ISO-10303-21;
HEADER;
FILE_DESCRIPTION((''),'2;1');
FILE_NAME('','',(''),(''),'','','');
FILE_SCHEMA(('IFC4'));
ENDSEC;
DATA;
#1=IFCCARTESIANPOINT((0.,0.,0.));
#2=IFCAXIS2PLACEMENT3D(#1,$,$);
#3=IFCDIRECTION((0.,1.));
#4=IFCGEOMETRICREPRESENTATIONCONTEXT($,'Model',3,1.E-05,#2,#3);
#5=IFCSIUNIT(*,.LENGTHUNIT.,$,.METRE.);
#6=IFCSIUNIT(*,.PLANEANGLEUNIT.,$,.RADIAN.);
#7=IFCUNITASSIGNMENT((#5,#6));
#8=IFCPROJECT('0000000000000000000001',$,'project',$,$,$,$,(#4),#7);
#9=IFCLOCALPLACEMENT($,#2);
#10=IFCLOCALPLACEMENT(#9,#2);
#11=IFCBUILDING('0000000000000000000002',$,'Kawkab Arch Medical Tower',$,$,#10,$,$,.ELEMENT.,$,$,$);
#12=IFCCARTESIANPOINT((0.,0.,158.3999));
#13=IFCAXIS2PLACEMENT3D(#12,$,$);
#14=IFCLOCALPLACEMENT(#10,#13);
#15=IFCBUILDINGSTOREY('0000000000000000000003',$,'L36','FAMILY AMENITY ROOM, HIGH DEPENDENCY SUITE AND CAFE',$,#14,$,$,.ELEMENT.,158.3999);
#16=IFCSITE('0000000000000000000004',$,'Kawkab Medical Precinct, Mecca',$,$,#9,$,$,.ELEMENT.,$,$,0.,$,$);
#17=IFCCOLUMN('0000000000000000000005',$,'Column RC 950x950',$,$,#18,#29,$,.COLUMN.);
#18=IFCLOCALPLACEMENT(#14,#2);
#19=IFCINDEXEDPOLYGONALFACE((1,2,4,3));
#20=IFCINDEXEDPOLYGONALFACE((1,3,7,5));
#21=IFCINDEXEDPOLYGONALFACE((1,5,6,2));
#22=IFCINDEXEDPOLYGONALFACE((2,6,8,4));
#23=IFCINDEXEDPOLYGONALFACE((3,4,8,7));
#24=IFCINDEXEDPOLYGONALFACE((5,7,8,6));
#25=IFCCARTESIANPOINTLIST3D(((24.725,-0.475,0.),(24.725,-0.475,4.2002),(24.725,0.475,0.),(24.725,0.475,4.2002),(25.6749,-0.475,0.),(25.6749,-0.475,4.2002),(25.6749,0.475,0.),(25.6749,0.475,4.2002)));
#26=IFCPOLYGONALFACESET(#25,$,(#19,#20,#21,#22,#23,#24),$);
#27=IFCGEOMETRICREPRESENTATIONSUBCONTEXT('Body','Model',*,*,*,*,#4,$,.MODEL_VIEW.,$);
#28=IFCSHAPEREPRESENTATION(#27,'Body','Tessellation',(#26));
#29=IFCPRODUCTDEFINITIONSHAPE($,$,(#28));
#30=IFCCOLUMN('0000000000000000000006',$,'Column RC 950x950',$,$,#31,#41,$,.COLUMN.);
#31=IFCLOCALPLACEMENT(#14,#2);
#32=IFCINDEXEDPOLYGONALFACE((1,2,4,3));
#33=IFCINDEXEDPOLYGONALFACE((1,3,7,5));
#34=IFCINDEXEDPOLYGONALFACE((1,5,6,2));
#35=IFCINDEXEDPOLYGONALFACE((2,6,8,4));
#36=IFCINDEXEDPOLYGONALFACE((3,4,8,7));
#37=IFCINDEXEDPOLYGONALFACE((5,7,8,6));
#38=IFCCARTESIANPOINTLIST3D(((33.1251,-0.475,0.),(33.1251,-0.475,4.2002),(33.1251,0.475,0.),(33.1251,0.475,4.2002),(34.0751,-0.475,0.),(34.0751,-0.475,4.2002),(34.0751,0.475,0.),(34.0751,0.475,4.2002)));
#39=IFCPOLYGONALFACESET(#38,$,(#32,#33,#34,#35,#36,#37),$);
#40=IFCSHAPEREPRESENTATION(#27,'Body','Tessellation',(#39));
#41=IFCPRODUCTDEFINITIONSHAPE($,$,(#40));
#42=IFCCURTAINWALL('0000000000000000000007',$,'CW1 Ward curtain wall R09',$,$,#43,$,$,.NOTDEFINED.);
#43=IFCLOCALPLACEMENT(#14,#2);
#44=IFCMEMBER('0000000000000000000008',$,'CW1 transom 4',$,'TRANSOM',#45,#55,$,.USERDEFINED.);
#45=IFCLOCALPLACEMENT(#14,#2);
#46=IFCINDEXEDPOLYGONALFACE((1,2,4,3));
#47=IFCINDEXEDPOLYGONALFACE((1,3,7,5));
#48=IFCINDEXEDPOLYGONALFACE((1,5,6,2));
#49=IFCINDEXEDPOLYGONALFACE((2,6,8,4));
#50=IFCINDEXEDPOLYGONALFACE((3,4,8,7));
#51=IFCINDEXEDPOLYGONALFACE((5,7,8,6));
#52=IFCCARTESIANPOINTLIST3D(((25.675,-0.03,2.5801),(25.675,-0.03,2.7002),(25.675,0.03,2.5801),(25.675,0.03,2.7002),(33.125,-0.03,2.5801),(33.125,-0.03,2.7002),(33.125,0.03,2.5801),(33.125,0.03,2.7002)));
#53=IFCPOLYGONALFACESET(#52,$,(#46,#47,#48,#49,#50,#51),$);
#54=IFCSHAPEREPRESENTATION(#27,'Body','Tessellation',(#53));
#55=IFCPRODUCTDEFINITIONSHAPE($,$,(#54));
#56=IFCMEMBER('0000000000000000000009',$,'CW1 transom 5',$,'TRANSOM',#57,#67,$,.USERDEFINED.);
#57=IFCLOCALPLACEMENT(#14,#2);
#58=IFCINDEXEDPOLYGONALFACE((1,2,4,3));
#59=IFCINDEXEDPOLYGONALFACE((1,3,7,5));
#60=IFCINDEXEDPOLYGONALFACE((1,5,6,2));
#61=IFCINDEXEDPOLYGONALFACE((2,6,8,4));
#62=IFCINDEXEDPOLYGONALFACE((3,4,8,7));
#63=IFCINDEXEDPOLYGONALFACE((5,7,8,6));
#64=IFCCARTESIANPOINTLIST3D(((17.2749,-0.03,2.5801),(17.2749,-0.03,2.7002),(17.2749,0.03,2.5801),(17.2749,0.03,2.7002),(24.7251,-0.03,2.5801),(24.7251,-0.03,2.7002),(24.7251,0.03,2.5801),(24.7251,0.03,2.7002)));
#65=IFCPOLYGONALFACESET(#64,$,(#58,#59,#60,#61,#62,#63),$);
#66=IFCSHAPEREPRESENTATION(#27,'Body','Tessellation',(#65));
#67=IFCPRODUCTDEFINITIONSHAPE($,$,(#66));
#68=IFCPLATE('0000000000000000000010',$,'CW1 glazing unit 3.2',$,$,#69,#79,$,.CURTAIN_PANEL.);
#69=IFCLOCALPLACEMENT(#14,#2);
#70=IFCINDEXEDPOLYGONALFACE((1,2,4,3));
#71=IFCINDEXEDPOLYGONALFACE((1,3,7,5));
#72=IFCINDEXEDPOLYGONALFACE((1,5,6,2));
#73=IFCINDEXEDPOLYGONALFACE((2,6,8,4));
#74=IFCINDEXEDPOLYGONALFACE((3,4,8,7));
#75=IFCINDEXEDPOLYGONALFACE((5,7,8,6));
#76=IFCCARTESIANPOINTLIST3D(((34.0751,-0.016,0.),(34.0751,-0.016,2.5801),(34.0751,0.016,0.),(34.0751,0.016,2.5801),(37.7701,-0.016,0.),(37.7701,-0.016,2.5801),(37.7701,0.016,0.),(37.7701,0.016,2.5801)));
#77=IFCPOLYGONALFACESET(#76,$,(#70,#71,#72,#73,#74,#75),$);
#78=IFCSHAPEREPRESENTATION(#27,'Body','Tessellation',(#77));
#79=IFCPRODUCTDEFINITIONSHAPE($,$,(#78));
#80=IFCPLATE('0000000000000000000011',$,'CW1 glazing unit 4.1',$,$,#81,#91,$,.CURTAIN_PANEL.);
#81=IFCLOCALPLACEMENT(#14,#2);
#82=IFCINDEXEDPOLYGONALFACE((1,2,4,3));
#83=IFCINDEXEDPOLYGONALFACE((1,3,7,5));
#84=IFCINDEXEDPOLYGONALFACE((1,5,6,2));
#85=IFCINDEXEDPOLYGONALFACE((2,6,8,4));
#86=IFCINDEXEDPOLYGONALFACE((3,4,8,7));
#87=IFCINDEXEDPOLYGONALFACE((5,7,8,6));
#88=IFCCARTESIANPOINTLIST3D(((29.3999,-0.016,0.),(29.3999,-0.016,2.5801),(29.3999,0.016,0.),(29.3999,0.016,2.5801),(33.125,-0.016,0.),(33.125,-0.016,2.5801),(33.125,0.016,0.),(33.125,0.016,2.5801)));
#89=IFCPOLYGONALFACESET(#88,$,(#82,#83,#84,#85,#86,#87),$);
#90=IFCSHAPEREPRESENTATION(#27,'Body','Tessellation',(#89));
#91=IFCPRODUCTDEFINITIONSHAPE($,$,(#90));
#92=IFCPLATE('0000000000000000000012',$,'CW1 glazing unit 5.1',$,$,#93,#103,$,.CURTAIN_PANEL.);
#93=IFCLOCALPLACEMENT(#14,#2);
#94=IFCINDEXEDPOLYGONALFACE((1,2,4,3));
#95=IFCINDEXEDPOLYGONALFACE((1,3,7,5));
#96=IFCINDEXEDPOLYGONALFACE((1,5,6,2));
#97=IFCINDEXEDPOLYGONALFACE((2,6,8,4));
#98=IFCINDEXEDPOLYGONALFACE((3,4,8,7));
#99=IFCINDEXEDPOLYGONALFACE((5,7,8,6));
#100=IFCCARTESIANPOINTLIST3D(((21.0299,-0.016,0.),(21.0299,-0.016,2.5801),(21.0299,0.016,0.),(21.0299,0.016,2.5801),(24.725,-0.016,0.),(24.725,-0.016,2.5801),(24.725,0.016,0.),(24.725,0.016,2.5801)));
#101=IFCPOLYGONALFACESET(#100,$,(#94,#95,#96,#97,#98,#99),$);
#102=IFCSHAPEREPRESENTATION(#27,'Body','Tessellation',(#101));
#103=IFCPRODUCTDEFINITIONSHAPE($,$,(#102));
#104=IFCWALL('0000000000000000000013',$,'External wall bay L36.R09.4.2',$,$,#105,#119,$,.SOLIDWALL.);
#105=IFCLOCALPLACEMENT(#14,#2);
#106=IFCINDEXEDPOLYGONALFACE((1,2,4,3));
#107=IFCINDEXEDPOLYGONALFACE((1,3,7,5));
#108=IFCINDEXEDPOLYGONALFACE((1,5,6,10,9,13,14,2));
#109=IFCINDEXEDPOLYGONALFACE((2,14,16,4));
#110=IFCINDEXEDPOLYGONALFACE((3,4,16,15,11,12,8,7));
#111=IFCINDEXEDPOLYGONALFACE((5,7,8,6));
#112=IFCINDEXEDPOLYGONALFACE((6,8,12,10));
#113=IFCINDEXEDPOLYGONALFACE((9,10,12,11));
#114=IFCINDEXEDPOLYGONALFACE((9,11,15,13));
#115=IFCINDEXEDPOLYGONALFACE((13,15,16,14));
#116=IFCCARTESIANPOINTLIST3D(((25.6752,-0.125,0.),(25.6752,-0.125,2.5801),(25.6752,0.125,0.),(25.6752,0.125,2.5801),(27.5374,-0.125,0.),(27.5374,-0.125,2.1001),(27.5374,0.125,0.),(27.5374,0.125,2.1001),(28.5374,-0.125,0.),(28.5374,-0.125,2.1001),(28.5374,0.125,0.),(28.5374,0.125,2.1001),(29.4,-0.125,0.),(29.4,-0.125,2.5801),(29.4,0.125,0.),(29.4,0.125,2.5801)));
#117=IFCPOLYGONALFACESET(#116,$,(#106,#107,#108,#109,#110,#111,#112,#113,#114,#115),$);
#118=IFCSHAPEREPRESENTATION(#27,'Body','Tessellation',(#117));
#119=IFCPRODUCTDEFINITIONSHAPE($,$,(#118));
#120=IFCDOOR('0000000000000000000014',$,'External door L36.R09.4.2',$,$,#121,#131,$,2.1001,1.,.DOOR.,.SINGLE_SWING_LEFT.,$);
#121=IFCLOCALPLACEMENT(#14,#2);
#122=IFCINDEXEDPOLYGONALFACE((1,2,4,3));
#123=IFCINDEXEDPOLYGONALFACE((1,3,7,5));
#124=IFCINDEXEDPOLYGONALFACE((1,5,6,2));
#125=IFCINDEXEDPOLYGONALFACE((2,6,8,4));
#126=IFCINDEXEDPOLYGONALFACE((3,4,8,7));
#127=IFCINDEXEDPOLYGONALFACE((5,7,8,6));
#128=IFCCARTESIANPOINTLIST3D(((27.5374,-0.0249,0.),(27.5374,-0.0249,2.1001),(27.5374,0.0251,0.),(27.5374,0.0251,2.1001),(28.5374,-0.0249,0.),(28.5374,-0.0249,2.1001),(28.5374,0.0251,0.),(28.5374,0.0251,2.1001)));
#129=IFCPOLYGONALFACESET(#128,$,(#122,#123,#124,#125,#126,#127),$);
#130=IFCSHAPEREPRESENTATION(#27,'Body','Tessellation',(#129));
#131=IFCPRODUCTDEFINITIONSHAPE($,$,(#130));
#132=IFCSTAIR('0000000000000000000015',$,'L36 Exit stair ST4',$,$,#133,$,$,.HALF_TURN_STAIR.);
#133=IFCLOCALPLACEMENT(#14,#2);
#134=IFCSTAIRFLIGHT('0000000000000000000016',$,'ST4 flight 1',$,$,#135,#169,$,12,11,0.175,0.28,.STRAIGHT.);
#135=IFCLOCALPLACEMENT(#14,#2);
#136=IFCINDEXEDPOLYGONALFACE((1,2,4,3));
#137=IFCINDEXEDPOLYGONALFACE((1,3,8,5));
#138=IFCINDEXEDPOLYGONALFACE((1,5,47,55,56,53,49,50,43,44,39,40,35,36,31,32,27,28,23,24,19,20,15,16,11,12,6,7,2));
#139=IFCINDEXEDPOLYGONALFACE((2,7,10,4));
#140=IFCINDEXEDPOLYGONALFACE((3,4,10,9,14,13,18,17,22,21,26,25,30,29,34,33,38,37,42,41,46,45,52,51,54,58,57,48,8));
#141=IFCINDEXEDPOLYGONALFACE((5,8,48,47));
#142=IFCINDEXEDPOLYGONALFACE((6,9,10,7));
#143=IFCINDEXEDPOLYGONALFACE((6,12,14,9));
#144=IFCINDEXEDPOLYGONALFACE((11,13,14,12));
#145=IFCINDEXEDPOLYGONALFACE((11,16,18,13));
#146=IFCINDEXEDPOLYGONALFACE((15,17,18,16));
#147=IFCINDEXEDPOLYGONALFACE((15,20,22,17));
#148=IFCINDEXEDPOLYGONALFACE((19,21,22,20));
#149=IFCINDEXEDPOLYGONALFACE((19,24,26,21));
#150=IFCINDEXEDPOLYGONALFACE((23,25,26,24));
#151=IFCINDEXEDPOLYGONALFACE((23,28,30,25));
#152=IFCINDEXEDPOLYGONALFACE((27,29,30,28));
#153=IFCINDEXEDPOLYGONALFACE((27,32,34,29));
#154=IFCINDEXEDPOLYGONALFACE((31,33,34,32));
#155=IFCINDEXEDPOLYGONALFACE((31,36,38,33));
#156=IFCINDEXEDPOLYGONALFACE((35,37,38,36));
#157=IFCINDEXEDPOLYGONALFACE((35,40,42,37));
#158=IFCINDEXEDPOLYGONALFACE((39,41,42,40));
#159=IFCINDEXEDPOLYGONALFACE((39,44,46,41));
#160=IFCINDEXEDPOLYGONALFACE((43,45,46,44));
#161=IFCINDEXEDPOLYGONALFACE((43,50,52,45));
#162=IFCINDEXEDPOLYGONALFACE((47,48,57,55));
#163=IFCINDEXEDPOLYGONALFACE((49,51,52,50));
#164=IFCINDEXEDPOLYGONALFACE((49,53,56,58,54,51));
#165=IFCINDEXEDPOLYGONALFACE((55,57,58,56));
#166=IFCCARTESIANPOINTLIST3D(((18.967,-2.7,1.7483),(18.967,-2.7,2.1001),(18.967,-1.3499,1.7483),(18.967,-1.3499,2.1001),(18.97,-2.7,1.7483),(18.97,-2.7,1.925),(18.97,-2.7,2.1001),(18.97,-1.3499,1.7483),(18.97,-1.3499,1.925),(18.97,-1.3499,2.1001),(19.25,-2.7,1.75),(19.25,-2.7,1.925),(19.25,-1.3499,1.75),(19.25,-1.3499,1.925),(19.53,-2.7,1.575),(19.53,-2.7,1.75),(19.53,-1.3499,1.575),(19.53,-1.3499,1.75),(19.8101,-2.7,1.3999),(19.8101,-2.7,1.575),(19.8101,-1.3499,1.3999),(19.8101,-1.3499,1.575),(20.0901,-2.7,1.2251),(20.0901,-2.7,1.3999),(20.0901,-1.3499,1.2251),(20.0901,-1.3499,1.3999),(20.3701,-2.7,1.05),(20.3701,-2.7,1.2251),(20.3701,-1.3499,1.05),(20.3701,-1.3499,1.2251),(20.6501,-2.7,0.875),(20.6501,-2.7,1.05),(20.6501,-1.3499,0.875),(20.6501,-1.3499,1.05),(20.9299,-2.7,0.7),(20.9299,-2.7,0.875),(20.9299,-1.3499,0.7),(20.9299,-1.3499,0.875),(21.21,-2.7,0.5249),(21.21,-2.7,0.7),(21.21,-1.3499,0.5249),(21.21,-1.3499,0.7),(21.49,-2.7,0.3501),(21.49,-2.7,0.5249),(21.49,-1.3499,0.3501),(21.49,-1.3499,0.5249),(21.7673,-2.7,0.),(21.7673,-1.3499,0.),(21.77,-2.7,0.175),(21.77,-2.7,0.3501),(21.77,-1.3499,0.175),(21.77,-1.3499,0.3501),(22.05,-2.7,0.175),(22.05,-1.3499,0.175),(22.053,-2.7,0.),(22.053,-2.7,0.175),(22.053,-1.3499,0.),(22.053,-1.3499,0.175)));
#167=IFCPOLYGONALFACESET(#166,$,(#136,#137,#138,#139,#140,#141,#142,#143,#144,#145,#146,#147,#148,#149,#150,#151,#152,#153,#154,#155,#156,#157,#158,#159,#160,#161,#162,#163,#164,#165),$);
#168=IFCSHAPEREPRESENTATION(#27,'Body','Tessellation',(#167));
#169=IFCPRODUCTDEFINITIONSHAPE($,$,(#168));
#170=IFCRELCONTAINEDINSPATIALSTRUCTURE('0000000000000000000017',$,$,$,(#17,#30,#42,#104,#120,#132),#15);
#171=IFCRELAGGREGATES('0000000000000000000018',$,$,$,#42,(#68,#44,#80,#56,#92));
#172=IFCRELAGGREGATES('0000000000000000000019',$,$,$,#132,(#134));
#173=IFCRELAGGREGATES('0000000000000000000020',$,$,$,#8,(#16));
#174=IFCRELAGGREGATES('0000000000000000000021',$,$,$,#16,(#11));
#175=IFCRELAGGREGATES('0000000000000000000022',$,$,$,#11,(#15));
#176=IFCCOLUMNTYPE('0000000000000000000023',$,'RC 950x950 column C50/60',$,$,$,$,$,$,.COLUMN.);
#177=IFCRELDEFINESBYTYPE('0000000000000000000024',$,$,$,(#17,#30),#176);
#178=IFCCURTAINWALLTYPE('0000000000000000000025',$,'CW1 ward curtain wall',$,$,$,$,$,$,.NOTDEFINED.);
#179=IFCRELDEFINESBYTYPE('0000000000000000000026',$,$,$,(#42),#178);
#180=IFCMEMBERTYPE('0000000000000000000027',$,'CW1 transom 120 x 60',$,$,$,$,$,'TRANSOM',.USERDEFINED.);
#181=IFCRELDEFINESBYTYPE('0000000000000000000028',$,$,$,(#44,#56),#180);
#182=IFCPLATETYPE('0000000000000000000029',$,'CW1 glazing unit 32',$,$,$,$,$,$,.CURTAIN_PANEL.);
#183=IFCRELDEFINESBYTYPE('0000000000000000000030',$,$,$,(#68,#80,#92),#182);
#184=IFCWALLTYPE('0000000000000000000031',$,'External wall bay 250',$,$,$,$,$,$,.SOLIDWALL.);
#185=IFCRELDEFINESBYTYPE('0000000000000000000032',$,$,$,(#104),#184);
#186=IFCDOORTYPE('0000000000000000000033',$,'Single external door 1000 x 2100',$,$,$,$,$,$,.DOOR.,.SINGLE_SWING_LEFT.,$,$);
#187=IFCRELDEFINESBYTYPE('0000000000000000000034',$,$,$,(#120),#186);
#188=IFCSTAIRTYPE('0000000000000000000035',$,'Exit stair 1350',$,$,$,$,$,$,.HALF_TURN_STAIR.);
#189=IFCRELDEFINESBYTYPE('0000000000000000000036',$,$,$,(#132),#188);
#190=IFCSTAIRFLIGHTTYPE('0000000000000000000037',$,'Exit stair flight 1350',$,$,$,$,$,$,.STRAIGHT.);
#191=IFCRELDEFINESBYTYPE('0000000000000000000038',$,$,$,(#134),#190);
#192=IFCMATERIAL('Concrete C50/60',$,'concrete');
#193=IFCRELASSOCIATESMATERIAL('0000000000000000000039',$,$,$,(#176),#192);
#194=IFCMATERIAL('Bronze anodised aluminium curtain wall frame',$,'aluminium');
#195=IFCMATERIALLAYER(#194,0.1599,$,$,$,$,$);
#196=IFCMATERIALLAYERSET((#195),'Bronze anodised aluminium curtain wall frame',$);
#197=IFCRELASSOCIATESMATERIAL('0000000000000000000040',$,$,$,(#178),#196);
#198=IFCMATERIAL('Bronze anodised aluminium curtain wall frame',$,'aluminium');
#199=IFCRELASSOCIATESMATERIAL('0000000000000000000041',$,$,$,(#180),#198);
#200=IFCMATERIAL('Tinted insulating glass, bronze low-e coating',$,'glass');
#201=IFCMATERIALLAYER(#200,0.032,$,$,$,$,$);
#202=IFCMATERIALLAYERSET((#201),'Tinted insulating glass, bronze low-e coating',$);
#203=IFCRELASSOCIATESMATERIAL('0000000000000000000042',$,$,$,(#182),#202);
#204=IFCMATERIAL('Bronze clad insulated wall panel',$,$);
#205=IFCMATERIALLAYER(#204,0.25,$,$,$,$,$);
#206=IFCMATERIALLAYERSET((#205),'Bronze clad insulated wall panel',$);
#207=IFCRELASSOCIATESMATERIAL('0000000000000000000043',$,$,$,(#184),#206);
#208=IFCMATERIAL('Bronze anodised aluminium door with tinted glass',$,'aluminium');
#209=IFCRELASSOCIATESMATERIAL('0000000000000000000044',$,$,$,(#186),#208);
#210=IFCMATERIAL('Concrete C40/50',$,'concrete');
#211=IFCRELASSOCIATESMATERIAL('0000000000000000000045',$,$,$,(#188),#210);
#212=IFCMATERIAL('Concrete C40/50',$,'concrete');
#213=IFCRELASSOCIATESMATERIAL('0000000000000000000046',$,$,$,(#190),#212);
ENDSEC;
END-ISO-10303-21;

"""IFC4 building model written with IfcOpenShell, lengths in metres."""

from ifc_helpers import new_model, si_unit, direction, frame, frame_2d, origin, origin_2d, place, context, subcontext, project, spatial, polyline, rectangle, outline, extrude, material, layer, layer_set, material_profile, profile_set, type_object, element, fill, aggregate, save


model = new_model("IFC4")

# Units and contexts
model_context = context("Model", 3, precision=1e-05, world=origin(), true_north=direction((0.0, 1.0)))
body_context = subcontext(model_context, "Body", "Model", "MODEL_VIEW")
ifc_project = project(units=[si_unit("LENGTHUNIT", "METRE"), si_unit("PLANEANGLEUNIT", "RADIAN")], contexts=[model_context])

# Site, building, storey
site_placement = place(None, origin())
site = spatial("IfcSite", under=ifc_project, at=site_placement, Name="Kawkab Medical Precinct, Mecca", CompositionType="ELEMENT", RefElevation=0.0)
building_placement = place(site_placement, origin())
building = spatial("IfcBuilding", under=site, at=building_placement, Name="Kawkab Arch Medical Tower", CompositionType="ELEMENT")
storey_placement = place(building_placement, frame((0.0, 0.0, 158.3999)))
storey = spatial("IfcBuildingStorey", under=building, at=storey_placement, Name="L36", Description="FAMILY AMENITY ROOM, HIGH DEPENDENCY SUITE AND CAFE", CompositionType="ELEMENT", Elevation=158.3999)

# Columns
ifc_material_1 = material(Name="Concrete C50/60", Category="concrete")
ifc_material_profile_1 = material_profile(ifc_material_1, rectangle(XDim=0.95, YDim=0.95, at=origin_2d()), Name="RC 950x950")
ifc_profile_set_1 = profile_set([ifc_material_profile_1], Name="Concrete C50/60")
column_type = type_object("IfcColumnType", Name="RC 950x950 column C50/60", PredefinedType="COLUMN", material=ifc_profile_set_1)
for number, where, z_axis, x_axis, name in (
    (1, (25.2, 0.0, 0.0), (0.0, 0.0, 1.0), (1.0, 0.0, 0.0), "Column RC 950x950"),
    (2, (33.6001, 0.0, 0.0), (0.0, 0.0, 1.0), (1.0, 0.0, 0.0), "Column RC 950x950"),
):
    element("IfcColumn", number, at=place(storey_placement, frame(where, z_axis=z_axis, x_axis=x_axis)), inside=storey, type_object=column_type, Name=name, PredefinedType="COLUMN", context=body_context, shape_type="SweptSolid", body=[
        extrude(rectangle(XDim=0.95, YDim=0.95, at=origin_2d()), origin(), (0.0, 0.0, 1.0), 4.2002),
    ])

# Curtain wall, members, plates
ifc_material_2 = material(Name="Bronze anodised aluminium curtain wall frame", Category="aluminium")
ifc_layer_1 = layer(ifc_material_2, 0.1599)
ifc_layer_set_1 = layer_set([ifc_layer_1], Name="Bronze anodised aluminium curtain wall frame")
curtain_wall_type = type_object("IfcCurtainWallType", Name="CW1 ward curtain wall", PredefinedType="NOTDEFINED", material=ifc_layer_set_1)
placement = place(storey_placement, origin())
curtain_wall = element("IfcCurtainWall", 3, at=placement, inside=storey, type_object=curtain_wall_type, Name="CW1 Ward curtain wall R09", PredefinedType="NOTDEFINED")
ifc_material_3 = material(Name="Bronze anodised aluminium curtain wall frame", Category="aluminium")
ifc_material_profile_2 = material_profile(ifc_material_3, rectangle(XDim=0.0601, YDim=0.1201, at=origin_2d()), Name="AL 60x120")
ifc_profile_set_2 = profile_set([ifc_material_profile_2], Name="Bronze anodised aluminium curtain wall frame")
member_type = type_object("IfcMemberType", Name="CW1 transom 120 x 60", ElementType="TRANSOM", PredefinedType="USERDEFINED", material=ifc_profile_set_2)
member_1_placement = place(storey_placement, frame((33.125, 0.0, 2.6401), z_axis=(-1.0, 0.0, 0.0), x_axis=(0.0, -1.0, 0.0)))
member_1 = element("IfcMember", 4, at=member_1_placement, type_object=member_type, Name="CW1 transom 4", ObjectType="TRANSOM", PredefinedType="USERDEFINED", context=body_context, shape_type="SweptSolid", body=[
    extrude(rectangle(XDim=0.0601, YDim=0.1201, at=origin_2d()), origin(), (0.0, 0.0, 1.0), 7.45),
])
member_2_placement = place(storey_placement, frame((24.7251, 0.0, 2.6401), z_axis=(-1.0, 0.0, 0.0), x_axis=(0.0, -1.0, 0.0)))
member_2 = element("IfcMember", 5, at=member_2_placement, type_object=member_type, Name="CW1 transom 5", ObjectType="TRANSOM", PredefinedType="USERDEFINED", context=body_context, shape_type="SweptSolid", body=[
    extrude(rectangle(XDim=0.0601, YDim=0.1201, at=origin_2d()), origin(), (0.0, 0.0, 1.0), 7.4502),
])
ifc_material_4 = material(Name="Tinted insulating glass, bronze low-e coating", Category="glass")
ifc_layer_2 = layer(ifc_material_4, 0.032)
ifc_layer_set_2 = layer_set([ifc_layer_2], Name="Tinted insulating glass, bronze low-e coating")
plate_type = type_object("IfcPlateType", Name="CW1 glazing unit 32", PredefinedType="CURTAIN_PANEL", material=ifc_layer_set_2)
plate_1_placement = place(storey_placement, frame((35.9226, 0.0, 0.0), z_axis=(0.0, 0.0, 1.0), x_axis=(-1.0, 0.0, 0.0)))
plate_1 = element("IfcPlate", 6, at=plate_1_placement, type_object=plate_type, Name="CW1 glazing unit 3.2", PredefinedType="CURTAIN_PANEL", context=body_context, shape_type="SweptSolid", body=[
    extrude(rectangle(XDim=3.6951, YDim=0.032, at=origin_2d()), origin(), (0.0, 0.0, 1.0), 2.5801),
])
plate_2_placement = place(storey_placement, frame((31.2625, 0.0, 0.0), z_axis=(0.0, 0.0, 1.0), x_axis=(-1.0, 0.0, 0.0)))
plate_2 = element("IfcPlate", 7, at=plate_2_placement, type_object=plate_type, Name="CW1 glazing unit 4.1", PredefinedType="CURTAIN_PANEL", context=body_context, shape_type="SweptSolid", body=[
    extrude(rectangle(XDim=3.7251, YDim=0.032, at=origin_2d()), origin(), (0.0, 0.0, 1.0), 2.5801),
])
plate_3_placement = place(storey_placement, frame((22.8774, 0.0, 0.0), z_axis=(0.0, 0.0, 1.0), x_axis=(-1.0, 0.0, 0.0)))
plate_3 = element("IfcPlate", 8, at=plate_3_placement, type_object=plate_type, Name="CW1 glazing unit 5.1", PredefinedType="CURTAIN_PANEL", context=body_context, shape_type="SweptSolid", body=[
    extrude(rectangle(XDim=3.6951, YDim=0.032, at=origin_2d()), origin(), (0.0, 0.0, 1.0), 2.5801),
])
aggregate(curtain_wall, [plate_1, member_1, plate_2, member_2, plate_3])

# Wall, opening, door
ifc_material_5 = material(Name="Bronze clad insulated wall panel")
ifc_layer_3 = layer(ifc_material_5, 0.25)
ifc_layer_set_3 = layer_set([ifc_layer_3], Name="Bronze clad insulated wall panel")
wall_type = type_object("IfcWallType", Name="External wall bay 250", PredefinedType="SOLIDWALL", material=ifc_layer_set_3)
wall_placement = place(storey_placement, frame((29.3999, 0.0, 0.0), z_axis=(0.0, 0.0, 1.0), x_axis=(-1.0, 0.0, 0.0)))
wall = element("IfcWall", 9, at=wall_placement, inside=storey, type_object=wall_type, Name="External wall bay L36.R09.4.2", PredefinedType="SOLIDWALL", context=body_context, shape_type="SweptSolid", body=[
    extrude(rectangle(XDim=3.7249, YDim=0.25, at=frame_2d((1.8623, 0.0))), origin(), (0.0, 0.0, 1.0), 2.5801),
])
opening_placement = place(wall_placement, frame((0.8625, 0.0, 0.0)))
opening = element("IfcOpeningElement", 10, at=opening_placement, cuts=wall, PredefinedType="OPENING", context=body_context, shape_type="SweptSolid", body=[
    extrude(rectangle(XDim=1.0, YDim=2.1001, at=frame_2d((0.5, 1.05))), frame((0.0, 0.135, 0.0), z_axis=(0.0, -1.0, 0.0), x_axis=(1.0, 0.0, 0.0)), (0.0, 0.0, 1.0), 0.27),
])
ifc_material_6 = material(Name="Bronze anodised aluminium door with tinted glass", Category="aluminium")
door_type = type_object("IfcDoorType", Name="Single external door 1000 x 2100", OperationType="SINGLE_SWING_LEFT", PredefinedType="DOOR", material=ifc_material_6)
door_placement = place(opening_placement, origin())
door = element("IfcDoor", 11, at=door_placement, inside=storey, type_object=door_type, Name="External door L36.R09.4.2", OperationType="SINGLE_SWING_LEFT", OverallHeight=2.1001, OverallWidth=1.0, PredefinedType="DOOR", context=body_context, shape_type="SweptSolid", body=[
    extrude(rectangle(XDim=1.0, YDim=2.1001, at=frame_2d((0.5, 1.05))), frame((0.0, 0.0249, 0.0), z_axis=(0.0, -1.0, 0.0), x_axis=(1.0, 0.0, 0.0)), (0.0, 0.0, 1.0), 0.05),
])
fill(opening, door)

# Stair, stair flight
ifc_material_7 = material(Name="Concrete C40/50", Category="concrete")
stair_type = type_object("IfcStairType", Name="Exit stair 1350", PredefinedType="HALF_TURN_STAIR", material=ifc_material_7)
stair = element("IfcStair", 12, at=placement, inside=storey, type_object=stair_type, Name="L36 Exit stair ST4", PredefinedType="HALF_TURN_STAIR")
ifc_material_8 = material(Name="Concrete C40/50", Category="concrete")
stair_flight_type = type_object("IfcStairFlightType", Name="Exit stair flight 1350", PredefinedType="STRAIGHT", material=ifc_material_8)
stair_flight_placement = place(storey_placement, frame((22.05, -2.0249, 0.0), z_axis=(0.0, 0.0, 1.0), x_axis=(-1.0, 0.0, 0.0)))
stair_flight = element("IfcStairFlight", 13, at=stair_flight_placement, type_object=stair_flight_type, Name="ST4 flight 1", NumberOfRisers=12, NumberOfTreads=11, PredefinedType="STRAIGHT", RiserHeight=0.175, TreadLength=0.28, context=body_context, shape_type="SweptSolid", body=[
    extrude(outline(polyline([(-0.0029, 0.0), (-0.0029, 0.175), (0.0, 0.175), (0.28, 0.175), (0.28, 0.3501), (0.5601, 0.3501), (0.5601, 0.5249), (0.8401, 0.5249), (0.8401, 0.7), (1.1201, 0.7), (1.1201, 0.875), (1.3999, 0.875), (1.3999, 1.05), (1.6799, 1.05), (1.6799, 1.2251), (1.96, 1.2251), (1.96, 1.3999), (2.24, 1.3999), (2.24, 1.575), (2.52, 1.575), (2.52, 1.75), (2.8, 1.75), (2.8, 1.925), (3.0801, 1.925), (3.0801, 2.1001), (3.083, 2.1001), (3.083, 1.7483), (3.0801, 1.7483), (0.2827, 0.0), (-0.0029, 0.0)])), frame((0.0, 0.675, 0.0), z_axis=(0.0, -1.0, 0.0), x_axis=(1.0, 0.0, 0.0)), (0.0, 0.0, 1.0), 1.3501),
])
aggregate(stair, [stair_flight])

save(model, "model.ifc")
